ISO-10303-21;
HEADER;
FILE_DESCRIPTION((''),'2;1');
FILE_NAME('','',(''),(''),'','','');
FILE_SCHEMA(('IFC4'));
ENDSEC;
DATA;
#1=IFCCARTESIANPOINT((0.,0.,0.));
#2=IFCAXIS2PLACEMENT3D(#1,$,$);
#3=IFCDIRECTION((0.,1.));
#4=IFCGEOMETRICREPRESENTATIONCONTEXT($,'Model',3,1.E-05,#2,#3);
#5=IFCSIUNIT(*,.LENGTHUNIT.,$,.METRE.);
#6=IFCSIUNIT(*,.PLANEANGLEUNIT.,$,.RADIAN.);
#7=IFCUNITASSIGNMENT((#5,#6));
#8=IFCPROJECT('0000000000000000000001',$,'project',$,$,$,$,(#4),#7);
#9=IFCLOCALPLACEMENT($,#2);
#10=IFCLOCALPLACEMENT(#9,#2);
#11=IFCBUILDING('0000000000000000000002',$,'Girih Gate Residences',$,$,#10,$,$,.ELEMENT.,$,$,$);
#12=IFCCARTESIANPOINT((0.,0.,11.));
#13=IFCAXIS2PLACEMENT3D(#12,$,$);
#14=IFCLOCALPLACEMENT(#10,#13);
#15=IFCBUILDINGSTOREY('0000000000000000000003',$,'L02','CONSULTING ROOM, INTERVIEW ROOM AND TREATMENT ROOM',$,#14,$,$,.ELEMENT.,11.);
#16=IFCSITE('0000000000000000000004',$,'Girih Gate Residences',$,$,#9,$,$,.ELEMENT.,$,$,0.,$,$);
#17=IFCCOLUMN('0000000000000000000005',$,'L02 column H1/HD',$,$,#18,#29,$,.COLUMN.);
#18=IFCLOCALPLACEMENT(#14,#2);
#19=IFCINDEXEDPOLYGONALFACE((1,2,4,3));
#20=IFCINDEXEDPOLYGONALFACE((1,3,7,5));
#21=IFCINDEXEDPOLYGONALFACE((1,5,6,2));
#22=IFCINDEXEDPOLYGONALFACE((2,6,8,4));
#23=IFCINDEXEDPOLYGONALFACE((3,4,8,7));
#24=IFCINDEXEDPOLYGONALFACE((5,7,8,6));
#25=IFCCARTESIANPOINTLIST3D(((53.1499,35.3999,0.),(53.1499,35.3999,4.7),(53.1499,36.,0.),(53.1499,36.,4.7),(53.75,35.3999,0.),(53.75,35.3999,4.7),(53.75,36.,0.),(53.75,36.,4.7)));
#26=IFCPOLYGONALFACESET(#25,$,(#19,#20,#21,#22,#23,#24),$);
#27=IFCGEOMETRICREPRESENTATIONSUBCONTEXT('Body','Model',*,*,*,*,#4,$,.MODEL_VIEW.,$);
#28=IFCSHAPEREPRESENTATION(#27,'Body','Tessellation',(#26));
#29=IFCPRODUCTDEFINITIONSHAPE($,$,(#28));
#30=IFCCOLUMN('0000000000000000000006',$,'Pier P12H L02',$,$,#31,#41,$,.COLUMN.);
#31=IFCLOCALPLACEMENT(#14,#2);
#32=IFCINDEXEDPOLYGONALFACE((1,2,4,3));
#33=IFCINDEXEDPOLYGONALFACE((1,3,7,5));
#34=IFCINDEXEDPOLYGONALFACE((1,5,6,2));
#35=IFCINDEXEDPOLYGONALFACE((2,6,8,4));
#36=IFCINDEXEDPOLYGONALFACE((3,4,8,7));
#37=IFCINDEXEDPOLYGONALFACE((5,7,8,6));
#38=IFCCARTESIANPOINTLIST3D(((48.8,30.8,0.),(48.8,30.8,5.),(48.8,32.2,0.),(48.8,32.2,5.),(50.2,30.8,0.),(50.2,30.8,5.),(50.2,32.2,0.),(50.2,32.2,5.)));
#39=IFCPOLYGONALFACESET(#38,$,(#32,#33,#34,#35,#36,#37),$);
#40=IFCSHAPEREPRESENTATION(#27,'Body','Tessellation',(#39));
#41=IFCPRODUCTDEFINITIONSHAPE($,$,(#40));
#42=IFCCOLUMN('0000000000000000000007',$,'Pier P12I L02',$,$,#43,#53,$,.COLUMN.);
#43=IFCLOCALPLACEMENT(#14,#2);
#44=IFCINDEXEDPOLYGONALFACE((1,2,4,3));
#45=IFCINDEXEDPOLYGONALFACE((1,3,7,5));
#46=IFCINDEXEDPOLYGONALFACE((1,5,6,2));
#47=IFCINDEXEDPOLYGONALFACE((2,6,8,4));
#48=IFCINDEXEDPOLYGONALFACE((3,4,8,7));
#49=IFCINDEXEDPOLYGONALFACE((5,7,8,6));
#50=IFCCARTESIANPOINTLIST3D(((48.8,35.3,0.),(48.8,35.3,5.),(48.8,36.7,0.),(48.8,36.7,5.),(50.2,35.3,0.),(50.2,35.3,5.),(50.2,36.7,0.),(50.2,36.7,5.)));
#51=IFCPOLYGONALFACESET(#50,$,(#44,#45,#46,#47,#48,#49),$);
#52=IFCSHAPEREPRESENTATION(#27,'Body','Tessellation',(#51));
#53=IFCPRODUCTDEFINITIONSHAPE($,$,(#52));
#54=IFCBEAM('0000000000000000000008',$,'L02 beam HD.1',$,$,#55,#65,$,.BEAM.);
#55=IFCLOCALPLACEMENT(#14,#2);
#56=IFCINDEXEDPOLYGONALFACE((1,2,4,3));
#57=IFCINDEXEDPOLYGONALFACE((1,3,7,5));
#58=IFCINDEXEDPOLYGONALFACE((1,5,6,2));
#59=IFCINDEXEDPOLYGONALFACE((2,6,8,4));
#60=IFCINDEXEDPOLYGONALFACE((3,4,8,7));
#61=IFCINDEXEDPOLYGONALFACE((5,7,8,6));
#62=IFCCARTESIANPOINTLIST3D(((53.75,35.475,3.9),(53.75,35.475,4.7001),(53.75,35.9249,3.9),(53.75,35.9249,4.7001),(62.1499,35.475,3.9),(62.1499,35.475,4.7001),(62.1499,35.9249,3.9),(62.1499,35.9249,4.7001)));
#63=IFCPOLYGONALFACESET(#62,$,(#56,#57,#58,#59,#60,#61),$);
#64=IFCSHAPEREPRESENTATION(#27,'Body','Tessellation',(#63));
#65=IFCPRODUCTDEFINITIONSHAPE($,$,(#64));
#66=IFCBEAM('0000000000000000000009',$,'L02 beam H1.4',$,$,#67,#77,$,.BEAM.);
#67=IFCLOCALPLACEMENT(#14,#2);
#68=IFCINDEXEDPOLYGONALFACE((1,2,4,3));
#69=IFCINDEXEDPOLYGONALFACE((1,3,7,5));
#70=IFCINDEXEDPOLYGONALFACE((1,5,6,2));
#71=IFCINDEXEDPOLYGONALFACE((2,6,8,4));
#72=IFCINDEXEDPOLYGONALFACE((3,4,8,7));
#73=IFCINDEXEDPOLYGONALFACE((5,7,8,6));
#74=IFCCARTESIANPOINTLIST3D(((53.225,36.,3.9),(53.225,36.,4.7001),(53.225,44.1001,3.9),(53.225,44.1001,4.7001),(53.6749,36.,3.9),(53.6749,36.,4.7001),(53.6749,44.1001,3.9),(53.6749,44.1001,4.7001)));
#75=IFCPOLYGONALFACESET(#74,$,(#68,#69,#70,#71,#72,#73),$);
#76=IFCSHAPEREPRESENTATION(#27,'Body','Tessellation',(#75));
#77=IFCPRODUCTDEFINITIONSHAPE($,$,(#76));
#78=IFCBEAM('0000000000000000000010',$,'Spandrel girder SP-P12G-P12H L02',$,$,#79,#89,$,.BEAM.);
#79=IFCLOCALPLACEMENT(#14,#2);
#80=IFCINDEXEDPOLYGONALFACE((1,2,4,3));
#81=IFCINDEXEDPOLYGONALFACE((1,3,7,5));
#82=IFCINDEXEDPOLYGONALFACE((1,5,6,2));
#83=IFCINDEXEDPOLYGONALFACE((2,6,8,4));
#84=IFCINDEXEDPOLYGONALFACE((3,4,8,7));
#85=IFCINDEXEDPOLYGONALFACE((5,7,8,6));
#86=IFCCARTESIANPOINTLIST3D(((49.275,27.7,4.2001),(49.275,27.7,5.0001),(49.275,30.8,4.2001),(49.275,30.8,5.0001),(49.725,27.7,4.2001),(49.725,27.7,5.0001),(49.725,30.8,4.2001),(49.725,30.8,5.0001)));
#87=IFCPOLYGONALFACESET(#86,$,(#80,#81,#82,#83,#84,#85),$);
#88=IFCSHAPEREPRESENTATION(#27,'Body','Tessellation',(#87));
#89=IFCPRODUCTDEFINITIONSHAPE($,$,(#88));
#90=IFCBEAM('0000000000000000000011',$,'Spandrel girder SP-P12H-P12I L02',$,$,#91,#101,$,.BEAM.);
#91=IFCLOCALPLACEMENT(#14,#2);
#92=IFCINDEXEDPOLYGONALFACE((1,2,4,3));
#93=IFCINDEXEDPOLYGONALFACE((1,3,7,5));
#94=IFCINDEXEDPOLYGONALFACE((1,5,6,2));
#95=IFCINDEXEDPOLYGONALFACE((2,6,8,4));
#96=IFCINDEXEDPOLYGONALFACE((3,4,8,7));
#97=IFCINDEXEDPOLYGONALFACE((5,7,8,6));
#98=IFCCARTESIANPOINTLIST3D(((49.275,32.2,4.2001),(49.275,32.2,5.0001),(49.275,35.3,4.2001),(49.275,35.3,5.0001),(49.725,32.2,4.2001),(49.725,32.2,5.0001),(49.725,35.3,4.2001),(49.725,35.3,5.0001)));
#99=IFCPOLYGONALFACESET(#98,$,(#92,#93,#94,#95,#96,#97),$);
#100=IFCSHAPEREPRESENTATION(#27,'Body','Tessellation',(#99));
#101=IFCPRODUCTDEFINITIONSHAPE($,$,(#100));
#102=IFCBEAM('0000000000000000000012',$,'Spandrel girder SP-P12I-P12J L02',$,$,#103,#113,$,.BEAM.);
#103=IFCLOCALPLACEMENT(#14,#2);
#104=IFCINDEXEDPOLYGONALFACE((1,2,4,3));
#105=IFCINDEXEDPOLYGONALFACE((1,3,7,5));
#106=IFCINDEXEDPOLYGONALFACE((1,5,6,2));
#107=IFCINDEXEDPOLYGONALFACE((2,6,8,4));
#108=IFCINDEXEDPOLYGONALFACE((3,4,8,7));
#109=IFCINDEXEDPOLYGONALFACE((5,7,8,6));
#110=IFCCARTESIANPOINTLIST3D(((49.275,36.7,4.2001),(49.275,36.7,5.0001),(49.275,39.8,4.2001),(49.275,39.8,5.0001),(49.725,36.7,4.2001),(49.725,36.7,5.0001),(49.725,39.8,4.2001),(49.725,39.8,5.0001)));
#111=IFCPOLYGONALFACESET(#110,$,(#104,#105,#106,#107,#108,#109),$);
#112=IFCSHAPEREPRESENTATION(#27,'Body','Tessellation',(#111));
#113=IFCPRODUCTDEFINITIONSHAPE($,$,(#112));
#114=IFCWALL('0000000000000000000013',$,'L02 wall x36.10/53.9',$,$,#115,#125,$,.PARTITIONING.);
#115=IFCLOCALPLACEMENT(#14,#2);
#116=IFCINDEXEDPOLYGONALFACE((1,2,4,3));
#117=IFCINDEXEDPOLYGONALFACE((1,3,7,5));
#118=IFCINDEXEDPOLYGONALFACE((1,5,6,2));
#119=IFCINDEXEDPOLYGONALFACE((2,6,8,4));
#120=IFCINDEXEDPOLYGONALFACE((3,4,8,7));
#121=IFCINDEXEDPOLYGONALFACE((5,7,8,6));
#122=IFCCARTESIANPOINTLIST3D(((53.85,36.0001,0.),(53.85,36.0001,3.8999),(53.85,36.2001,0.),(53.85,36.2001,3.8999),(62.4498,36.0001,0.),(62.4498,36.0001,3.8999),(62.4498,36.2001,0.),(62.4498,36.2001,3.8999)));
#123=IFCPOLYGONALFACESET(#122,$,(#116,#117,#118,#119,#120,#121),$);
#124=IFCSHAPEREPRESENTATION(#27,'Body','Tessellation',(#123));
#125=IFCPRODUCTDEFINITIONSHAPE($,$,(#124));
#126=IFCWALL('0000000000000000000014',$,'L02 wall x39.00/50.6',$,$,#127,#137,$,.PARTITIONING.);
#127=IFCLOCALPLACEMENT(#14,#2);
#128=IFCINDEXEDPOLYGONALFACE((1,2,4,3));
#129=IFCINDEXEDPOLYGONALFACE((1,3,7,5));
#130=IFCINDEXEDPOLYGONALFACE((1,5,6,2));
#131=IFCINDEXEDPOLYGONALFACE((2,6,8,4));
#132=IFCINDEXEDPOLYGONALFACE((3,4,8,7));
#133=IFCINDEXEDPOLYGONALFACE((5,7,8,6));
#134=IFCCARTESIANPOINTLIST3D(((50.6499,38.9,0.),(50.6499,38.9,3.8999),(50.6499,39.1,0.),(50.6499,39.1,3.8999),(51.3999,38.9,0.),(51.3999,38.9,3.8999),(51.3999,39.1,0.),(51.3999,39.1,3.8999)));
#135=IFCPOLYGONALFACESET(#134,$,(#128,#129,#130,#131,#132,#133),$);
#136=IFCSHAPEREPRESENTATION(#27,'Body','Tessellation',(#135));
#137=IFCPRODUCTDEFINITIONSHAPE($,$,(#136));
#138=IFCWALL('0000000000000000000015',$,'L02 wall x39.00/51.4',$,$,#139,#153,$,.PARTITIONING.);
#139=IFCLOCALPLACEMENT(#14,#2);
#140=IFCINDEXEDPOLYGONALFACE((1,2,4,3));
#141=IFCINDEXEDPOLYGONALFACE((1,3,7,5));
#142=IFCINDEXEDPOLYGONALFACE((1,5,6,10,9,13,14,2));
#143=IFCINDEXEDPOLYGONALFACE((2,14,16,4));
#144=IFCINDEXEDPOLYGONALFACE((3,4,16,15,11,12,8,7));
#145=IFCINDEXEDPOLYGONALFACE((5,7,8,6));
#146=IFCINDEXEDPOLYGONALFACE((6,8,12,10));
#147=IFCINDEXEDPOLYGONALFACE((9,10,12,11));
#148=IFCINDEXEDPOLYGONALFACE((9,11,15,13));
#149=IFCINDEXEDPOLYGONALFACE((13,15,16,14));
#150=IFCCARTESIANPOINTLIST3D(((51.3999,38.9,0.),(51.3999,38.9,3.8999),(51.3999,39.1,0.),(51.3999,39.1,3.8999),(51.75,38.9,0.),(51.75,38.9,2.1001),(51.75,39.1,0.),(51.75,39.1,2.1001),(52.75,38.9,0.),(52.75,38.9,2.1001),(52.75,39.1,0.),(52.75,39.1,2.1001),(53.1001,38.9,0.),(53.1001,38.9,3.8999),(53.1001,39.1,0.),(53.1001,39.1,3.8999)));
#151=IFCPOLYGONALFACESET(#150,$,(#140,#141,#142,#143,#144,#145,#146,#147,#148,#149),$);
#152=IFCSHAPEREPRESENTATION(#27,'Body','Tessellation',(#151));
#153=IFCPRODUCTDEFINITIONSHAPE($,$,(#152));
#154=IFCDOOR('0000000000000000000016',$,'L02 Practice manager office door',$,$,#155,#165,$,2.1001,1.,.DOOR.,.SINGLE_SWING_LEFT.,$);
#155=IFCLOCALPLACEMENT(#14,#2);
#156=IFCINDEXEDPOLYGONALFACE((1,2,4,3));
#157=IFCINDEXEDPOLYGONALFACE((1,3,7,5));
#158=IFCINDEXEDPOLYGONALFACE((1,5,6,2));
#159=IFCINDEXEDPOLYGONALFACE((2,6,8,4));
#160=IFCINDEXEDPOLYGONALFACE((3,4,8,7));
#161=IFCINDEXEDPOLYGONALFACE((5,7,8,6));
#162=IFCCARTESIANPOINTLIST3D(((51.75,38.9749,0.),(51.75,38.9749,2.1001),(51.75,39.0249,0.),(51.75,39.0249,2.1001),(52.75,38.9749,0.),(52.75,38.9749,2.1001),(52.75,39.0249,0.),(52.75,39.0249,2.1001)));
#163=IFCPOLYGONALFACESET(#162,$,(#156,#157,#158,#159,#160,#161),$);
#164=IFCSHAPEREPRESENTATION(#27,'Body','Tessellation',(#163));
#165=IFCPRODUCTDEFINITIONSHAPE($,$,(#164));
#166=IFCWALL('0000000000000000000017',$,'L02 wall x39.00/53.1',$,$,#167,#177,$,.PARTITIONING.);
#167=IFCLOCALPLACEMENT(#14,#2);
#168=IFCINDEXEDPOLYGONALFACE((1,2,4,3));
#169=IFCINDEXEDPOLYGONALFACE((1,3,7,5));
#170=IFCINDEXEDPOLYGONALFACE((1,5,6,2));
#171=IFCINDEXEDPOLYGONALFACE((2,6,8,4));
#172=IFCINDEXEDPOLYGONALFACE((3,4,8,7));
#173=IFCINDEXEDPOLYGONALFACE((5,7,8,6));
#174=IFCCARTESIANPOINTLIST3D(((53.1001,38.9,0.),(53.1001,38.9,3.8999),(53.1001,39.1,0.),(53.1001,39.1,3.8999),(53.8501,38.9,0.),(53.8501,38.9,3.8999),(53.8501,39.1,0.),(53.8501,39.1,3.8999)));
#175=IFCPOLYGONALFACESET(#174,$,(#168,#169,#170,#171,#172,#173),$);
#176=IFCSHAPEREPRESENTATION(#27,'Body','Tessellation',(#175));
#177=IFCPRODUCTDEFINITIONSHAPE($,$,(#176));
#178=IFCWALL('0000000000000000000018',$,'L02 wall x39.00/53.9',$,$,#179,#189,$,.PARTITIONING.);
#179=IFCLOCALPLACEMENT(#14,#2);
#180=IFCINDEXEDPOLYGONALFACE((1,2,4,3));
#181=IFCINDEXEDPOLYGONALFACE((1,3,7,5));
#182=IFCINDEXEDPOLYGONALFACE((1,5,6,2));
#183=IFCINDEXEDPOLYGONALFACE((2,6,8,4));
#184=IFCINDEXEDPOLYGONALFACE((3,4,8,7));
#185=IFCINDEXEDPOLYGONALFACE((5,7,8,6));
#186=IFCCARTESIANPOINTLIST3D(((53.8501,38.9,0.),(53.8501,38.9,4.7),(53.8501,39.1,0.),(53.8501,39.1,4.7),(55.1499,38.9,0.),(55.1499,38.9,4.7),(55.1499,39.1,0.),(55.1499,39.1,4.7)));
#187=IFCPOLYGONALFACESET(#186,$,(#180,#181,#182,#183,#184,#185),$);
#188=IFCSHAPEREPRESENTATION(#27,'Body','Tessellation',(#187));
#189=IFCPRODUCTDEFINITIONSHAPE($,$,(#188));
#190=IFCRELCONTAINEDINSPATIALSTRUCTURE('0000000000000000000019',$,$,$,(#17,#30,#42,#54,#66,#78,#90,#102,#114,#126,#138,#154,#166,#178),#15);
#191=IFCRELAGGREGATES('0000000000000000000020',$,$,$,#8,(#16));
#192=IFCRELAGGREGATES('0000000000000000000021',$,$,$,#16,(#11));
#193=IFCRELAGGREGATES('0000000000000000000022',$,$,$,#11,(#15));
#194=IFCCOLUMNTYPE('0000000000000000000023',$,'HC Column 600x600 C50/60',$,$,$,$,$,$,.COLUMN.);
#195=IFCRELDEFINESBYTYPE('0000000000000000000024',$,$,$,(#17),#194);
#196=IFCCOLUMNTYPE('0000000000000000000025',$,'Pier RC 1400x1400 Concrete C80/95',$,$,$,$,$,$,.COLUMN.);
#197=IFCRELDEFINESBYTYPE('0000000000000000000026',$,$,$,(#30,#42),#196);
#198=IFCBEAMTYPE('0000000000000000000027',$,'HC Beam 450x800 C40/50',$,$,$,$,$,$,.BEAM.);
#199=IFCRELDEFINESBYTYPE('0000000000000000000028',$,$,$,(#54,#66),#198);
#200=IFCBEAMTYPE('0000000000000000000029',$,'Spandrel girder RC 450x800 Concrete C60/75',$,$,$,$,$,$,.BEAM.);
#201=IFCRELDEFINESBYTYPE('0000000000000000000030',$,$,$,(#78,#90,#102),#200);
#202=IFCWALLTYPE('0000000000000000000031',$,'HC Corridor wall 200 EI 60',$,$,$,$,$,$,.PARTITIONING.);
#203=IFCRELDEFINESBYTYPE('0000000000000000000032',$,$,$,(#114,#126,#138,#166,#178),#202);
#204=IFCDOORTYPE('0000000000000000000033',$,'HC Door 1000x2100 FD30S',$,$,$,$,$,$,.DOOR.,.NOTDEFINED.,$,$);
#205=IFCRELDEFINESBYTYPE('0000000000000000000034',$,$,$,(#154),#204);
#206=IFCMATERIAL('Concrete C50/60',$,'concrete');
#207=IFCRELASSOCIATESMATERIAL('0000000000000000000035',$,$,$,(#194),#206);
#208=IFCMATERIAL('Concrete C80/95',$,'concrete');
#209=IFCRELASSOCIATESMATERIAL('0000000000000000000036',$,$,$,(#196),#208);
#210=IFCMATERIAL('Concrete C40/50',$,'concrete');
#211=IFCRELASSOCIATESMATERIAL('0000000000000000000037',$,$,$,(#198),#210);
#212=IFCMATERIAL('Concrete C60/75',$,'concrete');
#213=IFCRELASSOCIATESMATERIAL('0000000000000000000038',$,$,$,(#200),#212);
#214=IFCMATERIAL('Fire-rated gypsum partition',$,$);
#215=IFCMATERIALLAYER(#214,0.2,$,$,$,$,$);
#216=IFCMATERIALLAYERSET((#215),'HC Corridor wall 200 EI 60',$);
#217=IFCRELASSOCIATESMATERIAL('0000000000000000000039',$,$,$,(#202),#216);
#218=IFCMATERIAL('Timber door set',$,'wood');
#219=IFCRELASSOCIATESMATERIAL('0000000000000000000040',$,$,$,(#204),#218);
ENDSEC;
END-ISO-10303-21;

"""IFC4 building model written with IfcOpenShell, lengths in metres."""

from ifc_helpers import new_model, si_unit, direction, frame, frame_2d, origin, origin_2d, place, context, subcontext, project, spatial, rectangle, extrude, material, layer, layer_set, material_profile, profile_set, type_object, element, fill, save


model = new_model("IFC4")

# Units and contexts
model_context = context("Model", 3, precision=1e-05, world=origin(), true_north=direction((0.0, 1.0)))
body_context = subcontext(model_context, "Body", "Model", "MODEL_VIEW")
ifc_project = project(units=[si_unit("LENGTHUNIT", "METRE"), si_unit("PLANEANGLEUNIT", "RADIAN")], contexts=[model_context])

# Site, building, storey
site_placement = place(None, origin())
site = spatial("IfcSite", under=ifc_project, at=site_placement, Name="Girih Gate Residences", CompositionType="ELEMENT", RefElevation=0.0)
building_placement = place(site_placement, origin())
building = spatial("IfcBuilding", under=site, at=building_placement, Name="Girih Gate Residences", CompositionType="ELEMENT")
storey_placement = place(building_placement, frame((0.0, 0.0, 11.0)))
storey = spatial("IfcBuildingStorey", under=building, at=storey_placement, Name="L02", Description="CONSULTING ROOM, INTERVIEW ROOM AND TREATMENT ROOM", CompositionType="ELEMENT", Elevation=11.0)

# Columns
ifc_material_1 = material(Name="Concrete C50/60", Category="concrete")
ifc_material_profile_1 = material_profile(ifc_material_1, rectangle(XDim=0.6001, YDim=0.6001, at=origin_2d()))
ifc_profile_set_1 = profile_set([ifc_material_profile_1], Name="Concrete C50/60")
column_type_1 = type_object("IfcColumnType", Name="HC Column 600x600 C50/60", PredefinedType="COLUMN", material=ifc_profile_set_1)
column_placement = place(storey_placement, frame((53.45, 35.7, 0.0), z_axis=(0.0, 0.0, 1.0), x_axis=(1.0, 0.0, 0.0)))
element("IfcColumn", 1, at=column_placement, inside=storey, type_object=column_type_1, Name="L02 column H1/HD", PredefinedType="COLUMN", context=body_context, shape_type="SweptSolid", body=[
    extrude(rectangle(XDim=0.6001, YDim=0.6001, at=origin_2d()), origin(), (0.0, 0.0, 1.0), 4.7),
])
ifc_material_2 = material(Name="Concrete C80/95", Category="concrete")
ifc_material_profile_2 = material_profile(ifc_material_2, rectangle(XDim=1.3999, YDim=1.3999, at=origin_2d()))
ifc_profile_set_2 = profile_set([ifc_material_profile_2], Name="Concrete C80/95")
column_type_2 = type_object("IfcColumnType", Name="Pier RC 1400x1400 Concrete C80/95", PredefinedType="COLUMN", material=ifc_profile_set_2)
for number, where, z_axis, x_axis, name in (
    (2, (49.5, 31.5, 0.0), (0.0, 0.0, 1.0), (1.0, 0.0, 0.0), "Pier P12H L02"),
    (3, (49.5, 36.0, 0.0), (0.0, 0.0, 1.0), (1.0, 0.0, 0.0), "Pier P12I L02"),
):
    element("IfcColumn", number, at=place(storey_placement, frame(where, z_axis=z_axis, x_axis=x_axis)), inside=storey, type_object=column_type_2, Name=name, PredefinedType="COLUMN", context=body_context, shape_type="SweptSolid", body=[
        extrude(rectangle(XDim=1.3999, YDim=1.3999, at=origin_2d()), origin(), (0.0, 0.0, 1.0), 5.0),
    ])

# Beams
ifc_material_3 = material(Name="Concrete C40/50", Category="concrete")
ifc_material_profile_3 = material_profile(ifc_material_3, rectangle(XDim=0.45, YDim=0.8, at=origin_2d()))
ifc_profile_set_3 = profile_set([ifc_material_profile_3], Name="Concrete C40/50")
beam_type_1 = type_object("IfcBeamType", Name="HC Beam 450x800 C40/50", PredefinedType="BEAM", material=ifc_profile_set_3)
beam_1_placement = place(storey_placement, frame((53.75, 35.7, 4.3), z_axis=(1.0, 0.0, 0.0), x_axis=(0.0, 1.0, 0.0)))
element("IfcBeam", 4, at=beam_1_placement, inside=storey, type_object=beam_type_1, Name="L02 beam HD.1", PredefinedType="BEAM", context=body_context, shape_type="SweptSolid", body=[
    extrude(rectangle(XDim=0.45, YDim=0.8, at=origin_2d()), origin(), (0.0, 0.0, 1.0), 8.3999),
])
beam_2_placement = place(storey_placement, frame((53.45, 36.0, 4.3), z_axis=(0.0, 1.0, 0.0), x_axis=(-1.0, 0.0, 0.0)))
element("IfcBeam", 5, at=beam_2_placement, inside=storey, type_object=beam_type_1, Name="L02 beam H1.4", PredefinedType="BEAM", context=body_context, shape_type="SweptSolid", body=[
    extrude(rectangle(XDim=0.45, YDim=0.8, at=origin_2d()), origin(), (0.0, 0.0, 1.0), 8.1001),
])
ifc_material_4 = material(Name="Concrete C60/75", Category="concrete")
ifc_material_profile_4 = material_profile(ifc_material_4, rectangle(XDim=0.45, YDim=0.8, at=origin_2d()))
ifc_profile_set_4 = profile_set([ifc_material_profile_4], Name="Concrete C60/75")
beam_type_2 = type_object("IfcBeamType", Name="Spandrel girder RC 450x800 Concrete C60/75", PredefinedType="BEAM", material=ifc_profile_set_4)
for number, where, z_axis, x_axis, name in (
    (6, (49.5, 27.7, 4.6001), (0.0, 1.0, 0.0), (-1.0, 0.0, 0.0), "Spandrel girder SP-P12G-P12H L02"),
    (7, (49.5, 32.2, 4.6001), (0.0, 1.0, 0.0), (-1.0, 0.0, 0.0), "Spandrel girder SP-P12H-P12I L02"),
    (8, (49.5, 36.7, 4.6001), (0.0, 1.0, 0.0), (-1.0, 0.0, 0.0), "Spandrel girder SP-P12I-P12J L02"),
):
    element("IfcBeam", number, at=place(storey_placement, frame(where, z_axis=z_axis, x_axis=x_axis)), inside=storey, type_object=beam_type_2, Name=name, PredefinedType="BEAM", context=body_context, shape_type="SweptSolid", body=[
        extrude(rectangle(XDim=0.45, YDim=0.8, at=origin_2d()), origin(), (0.0, 0.0, 1.0), 3.1001),
    ])

# Walls
ifc_material_5 = material(Name="Fire-rated gypsum partition")
ifc_layer_1 = layer(ifc_material_5, 0.2)
ifc_layer_set_1 = layer_set([ifc_layer_1], Name="HC Corridor wall 200 EI 60")
wall_type_1 = type_object("IfcWallType", Name="HC Corridor wall 200 EI 60", PredefinedType="PARTITIONING", material=ifc_layer_set_1)
wall_1_placement = place(storey_placement, frame((53.8501, 36.1001, 0.0), z_axis=(0.0, 0.0, 1.0), x_axis=(1.0, 0.0, 0.0)))
element("IfcWall", 9, at=wall_1_placement, inside=storey, type_object=wall_type_1, Name="L02 wall x36.10/53.9", PredefinedType="PARTITIONING", context=body_context, shape_type="SweptSolid", body=[
    extrude(rectangle(XDim=8.5999, YDim=0.2, at=frame_2d((4.2998, 0.0))), origin(), (0.0, 0.0, 1.0), 3.8999),
])
wall_2_placement = place(storey_placement, frame((50.6499, 39.0, 0.0), z_axis=(0.0, 0.0, 1.0), x_axis=(1.0, 0.0, 0.0)))
element("IfcWall", 10, at=wall_2_placement, inside=storey, type_object=wall_type_1, Name="L02 wall x39.00/50.6", PredefinedType="PARTITIONING", context=body_context, shape_type="SweptSolid", body=[
    extrude(rectangle(XDim=0.75, YDim=0.2, at=frame_2d((0.375, 0.0))), origin(), (0.0, 0.0, 1.0), 3.8999),
])

# Wall, opening, door
wall_3_placement = place(storey_placement, frame((51.3999, 39.0, 0.0), z_axis=(0.0, 0.0, 1.0), x_axis=(1.0, 0.0, 0.0)))
wall_3 = element("IfcWall", 11, at=wall_3_placement, inside=storey, type_object=wall_type_1, Name="L02 wall x39.00/51.4", PredefinedType="PARTITIONING", context=body_context, shape_type="SweptSolid", body=[
    extrude(rectangle(XDim=1.7002, YDim=0.2, at=frame_2d((0.8501, 0.0))), origin(), (0.0, 0.0, 1.0), 3.8999),
])
opening_1_placement = place(wall_3_placement, frame((0.3501, 0.0, 0.0)))
opening_1 = element("IfcOpeningElement", 12, at=opening_1_placement, cuts=wall_3, PredefinedType="OPENING", context=body_context, shape_type="SweptSolid", body=[
    extrude(rectangle(XDim=1.0, YDim=2.1001, at=frame_2d((0.5, 1.05))), frame((0.0, 0.1099, 0.0), z_axis=(0.0, -1.0, 0.0), x_axis=(1.0, 0.0, 0.0)), (0.0, 0.0, 1.0), 0.22),
])
ifc_material_6 = material(Name="Timber door set", Category="wood")
door_type = type_object("IfcDoorType", Name="HC Door 1000x2100 FD30S", OperationType="NOTDEFINED", PredefinedType="DOOR", material=ifc_material_6)
door_1_placement = place(opening_1_placement, origin())
door_1 = element("IfcDoor", 13, at=door_1_placement, inside=storey, type_object=door_type, Name="L02 Practice manager office door", OperationType="SINGLE_SWING_LEFT", OverallHeight=2.1001, OverallWidth=1.0, PredefinedType="DOOR", context=body_context, shape_type="SweptSolid", body=[
    extrude(rectangle(XDim=1.0, YDim=2.1001, at=frame_2d((0.5, 1.05))), frame((0.0, 0.0249, 0.0), z_axis=(0.0, -1.0, 0.0), x_axis=(1.0, 0.0, 0.0)), (0.0, 0.0, 1.0), 0.05),
])
fill(opening_1, door_1)

# Walls
wall_4_placement = place(storey_placement, frame((53.1001, 39.0, 0.0), z_axis=(0.0, 0.0, 1.0), x_axis=(1.0, 0.0, 0.0)))
element("IfcWall", 14, at=wall_4_placement, inside=storey, type_object=wall_type_1, Name="L02 wall x39.00/53.1", PredefinedType="PARTITIONING", context=body_context, shape_type="SweptSolid", body=[
    extrude(rectangle(XDim=0.75, YDim=0.2, at=frame_2d((0.375, 0.0))), origin(), (0.0, 0.0, 1.0), 3.8999),
])
wall_5_placement = place(storey_placement, frame((53.8501, 39.0, 0.0), z_axis=(0.0, 0.0, 1.0), x_axis=(1.0, 0.0, 0.0)))
element("IfcWall", 15, at=wall_5_placement, inside=storey, type_object=wall_type_1, Name="L02 wall x39.00/53.9", PredefinedType="PARTITIONING", context=body_context, shape_type="SweptSolid", body=[
    extrude(rectangle(XDim=1.2998, YDim=0.2, at=frame_2d((0.6499, 0.0))), origin(), (0.0, 0.0, 1.0), 4.7),
])

save(model, "model.ifc")
